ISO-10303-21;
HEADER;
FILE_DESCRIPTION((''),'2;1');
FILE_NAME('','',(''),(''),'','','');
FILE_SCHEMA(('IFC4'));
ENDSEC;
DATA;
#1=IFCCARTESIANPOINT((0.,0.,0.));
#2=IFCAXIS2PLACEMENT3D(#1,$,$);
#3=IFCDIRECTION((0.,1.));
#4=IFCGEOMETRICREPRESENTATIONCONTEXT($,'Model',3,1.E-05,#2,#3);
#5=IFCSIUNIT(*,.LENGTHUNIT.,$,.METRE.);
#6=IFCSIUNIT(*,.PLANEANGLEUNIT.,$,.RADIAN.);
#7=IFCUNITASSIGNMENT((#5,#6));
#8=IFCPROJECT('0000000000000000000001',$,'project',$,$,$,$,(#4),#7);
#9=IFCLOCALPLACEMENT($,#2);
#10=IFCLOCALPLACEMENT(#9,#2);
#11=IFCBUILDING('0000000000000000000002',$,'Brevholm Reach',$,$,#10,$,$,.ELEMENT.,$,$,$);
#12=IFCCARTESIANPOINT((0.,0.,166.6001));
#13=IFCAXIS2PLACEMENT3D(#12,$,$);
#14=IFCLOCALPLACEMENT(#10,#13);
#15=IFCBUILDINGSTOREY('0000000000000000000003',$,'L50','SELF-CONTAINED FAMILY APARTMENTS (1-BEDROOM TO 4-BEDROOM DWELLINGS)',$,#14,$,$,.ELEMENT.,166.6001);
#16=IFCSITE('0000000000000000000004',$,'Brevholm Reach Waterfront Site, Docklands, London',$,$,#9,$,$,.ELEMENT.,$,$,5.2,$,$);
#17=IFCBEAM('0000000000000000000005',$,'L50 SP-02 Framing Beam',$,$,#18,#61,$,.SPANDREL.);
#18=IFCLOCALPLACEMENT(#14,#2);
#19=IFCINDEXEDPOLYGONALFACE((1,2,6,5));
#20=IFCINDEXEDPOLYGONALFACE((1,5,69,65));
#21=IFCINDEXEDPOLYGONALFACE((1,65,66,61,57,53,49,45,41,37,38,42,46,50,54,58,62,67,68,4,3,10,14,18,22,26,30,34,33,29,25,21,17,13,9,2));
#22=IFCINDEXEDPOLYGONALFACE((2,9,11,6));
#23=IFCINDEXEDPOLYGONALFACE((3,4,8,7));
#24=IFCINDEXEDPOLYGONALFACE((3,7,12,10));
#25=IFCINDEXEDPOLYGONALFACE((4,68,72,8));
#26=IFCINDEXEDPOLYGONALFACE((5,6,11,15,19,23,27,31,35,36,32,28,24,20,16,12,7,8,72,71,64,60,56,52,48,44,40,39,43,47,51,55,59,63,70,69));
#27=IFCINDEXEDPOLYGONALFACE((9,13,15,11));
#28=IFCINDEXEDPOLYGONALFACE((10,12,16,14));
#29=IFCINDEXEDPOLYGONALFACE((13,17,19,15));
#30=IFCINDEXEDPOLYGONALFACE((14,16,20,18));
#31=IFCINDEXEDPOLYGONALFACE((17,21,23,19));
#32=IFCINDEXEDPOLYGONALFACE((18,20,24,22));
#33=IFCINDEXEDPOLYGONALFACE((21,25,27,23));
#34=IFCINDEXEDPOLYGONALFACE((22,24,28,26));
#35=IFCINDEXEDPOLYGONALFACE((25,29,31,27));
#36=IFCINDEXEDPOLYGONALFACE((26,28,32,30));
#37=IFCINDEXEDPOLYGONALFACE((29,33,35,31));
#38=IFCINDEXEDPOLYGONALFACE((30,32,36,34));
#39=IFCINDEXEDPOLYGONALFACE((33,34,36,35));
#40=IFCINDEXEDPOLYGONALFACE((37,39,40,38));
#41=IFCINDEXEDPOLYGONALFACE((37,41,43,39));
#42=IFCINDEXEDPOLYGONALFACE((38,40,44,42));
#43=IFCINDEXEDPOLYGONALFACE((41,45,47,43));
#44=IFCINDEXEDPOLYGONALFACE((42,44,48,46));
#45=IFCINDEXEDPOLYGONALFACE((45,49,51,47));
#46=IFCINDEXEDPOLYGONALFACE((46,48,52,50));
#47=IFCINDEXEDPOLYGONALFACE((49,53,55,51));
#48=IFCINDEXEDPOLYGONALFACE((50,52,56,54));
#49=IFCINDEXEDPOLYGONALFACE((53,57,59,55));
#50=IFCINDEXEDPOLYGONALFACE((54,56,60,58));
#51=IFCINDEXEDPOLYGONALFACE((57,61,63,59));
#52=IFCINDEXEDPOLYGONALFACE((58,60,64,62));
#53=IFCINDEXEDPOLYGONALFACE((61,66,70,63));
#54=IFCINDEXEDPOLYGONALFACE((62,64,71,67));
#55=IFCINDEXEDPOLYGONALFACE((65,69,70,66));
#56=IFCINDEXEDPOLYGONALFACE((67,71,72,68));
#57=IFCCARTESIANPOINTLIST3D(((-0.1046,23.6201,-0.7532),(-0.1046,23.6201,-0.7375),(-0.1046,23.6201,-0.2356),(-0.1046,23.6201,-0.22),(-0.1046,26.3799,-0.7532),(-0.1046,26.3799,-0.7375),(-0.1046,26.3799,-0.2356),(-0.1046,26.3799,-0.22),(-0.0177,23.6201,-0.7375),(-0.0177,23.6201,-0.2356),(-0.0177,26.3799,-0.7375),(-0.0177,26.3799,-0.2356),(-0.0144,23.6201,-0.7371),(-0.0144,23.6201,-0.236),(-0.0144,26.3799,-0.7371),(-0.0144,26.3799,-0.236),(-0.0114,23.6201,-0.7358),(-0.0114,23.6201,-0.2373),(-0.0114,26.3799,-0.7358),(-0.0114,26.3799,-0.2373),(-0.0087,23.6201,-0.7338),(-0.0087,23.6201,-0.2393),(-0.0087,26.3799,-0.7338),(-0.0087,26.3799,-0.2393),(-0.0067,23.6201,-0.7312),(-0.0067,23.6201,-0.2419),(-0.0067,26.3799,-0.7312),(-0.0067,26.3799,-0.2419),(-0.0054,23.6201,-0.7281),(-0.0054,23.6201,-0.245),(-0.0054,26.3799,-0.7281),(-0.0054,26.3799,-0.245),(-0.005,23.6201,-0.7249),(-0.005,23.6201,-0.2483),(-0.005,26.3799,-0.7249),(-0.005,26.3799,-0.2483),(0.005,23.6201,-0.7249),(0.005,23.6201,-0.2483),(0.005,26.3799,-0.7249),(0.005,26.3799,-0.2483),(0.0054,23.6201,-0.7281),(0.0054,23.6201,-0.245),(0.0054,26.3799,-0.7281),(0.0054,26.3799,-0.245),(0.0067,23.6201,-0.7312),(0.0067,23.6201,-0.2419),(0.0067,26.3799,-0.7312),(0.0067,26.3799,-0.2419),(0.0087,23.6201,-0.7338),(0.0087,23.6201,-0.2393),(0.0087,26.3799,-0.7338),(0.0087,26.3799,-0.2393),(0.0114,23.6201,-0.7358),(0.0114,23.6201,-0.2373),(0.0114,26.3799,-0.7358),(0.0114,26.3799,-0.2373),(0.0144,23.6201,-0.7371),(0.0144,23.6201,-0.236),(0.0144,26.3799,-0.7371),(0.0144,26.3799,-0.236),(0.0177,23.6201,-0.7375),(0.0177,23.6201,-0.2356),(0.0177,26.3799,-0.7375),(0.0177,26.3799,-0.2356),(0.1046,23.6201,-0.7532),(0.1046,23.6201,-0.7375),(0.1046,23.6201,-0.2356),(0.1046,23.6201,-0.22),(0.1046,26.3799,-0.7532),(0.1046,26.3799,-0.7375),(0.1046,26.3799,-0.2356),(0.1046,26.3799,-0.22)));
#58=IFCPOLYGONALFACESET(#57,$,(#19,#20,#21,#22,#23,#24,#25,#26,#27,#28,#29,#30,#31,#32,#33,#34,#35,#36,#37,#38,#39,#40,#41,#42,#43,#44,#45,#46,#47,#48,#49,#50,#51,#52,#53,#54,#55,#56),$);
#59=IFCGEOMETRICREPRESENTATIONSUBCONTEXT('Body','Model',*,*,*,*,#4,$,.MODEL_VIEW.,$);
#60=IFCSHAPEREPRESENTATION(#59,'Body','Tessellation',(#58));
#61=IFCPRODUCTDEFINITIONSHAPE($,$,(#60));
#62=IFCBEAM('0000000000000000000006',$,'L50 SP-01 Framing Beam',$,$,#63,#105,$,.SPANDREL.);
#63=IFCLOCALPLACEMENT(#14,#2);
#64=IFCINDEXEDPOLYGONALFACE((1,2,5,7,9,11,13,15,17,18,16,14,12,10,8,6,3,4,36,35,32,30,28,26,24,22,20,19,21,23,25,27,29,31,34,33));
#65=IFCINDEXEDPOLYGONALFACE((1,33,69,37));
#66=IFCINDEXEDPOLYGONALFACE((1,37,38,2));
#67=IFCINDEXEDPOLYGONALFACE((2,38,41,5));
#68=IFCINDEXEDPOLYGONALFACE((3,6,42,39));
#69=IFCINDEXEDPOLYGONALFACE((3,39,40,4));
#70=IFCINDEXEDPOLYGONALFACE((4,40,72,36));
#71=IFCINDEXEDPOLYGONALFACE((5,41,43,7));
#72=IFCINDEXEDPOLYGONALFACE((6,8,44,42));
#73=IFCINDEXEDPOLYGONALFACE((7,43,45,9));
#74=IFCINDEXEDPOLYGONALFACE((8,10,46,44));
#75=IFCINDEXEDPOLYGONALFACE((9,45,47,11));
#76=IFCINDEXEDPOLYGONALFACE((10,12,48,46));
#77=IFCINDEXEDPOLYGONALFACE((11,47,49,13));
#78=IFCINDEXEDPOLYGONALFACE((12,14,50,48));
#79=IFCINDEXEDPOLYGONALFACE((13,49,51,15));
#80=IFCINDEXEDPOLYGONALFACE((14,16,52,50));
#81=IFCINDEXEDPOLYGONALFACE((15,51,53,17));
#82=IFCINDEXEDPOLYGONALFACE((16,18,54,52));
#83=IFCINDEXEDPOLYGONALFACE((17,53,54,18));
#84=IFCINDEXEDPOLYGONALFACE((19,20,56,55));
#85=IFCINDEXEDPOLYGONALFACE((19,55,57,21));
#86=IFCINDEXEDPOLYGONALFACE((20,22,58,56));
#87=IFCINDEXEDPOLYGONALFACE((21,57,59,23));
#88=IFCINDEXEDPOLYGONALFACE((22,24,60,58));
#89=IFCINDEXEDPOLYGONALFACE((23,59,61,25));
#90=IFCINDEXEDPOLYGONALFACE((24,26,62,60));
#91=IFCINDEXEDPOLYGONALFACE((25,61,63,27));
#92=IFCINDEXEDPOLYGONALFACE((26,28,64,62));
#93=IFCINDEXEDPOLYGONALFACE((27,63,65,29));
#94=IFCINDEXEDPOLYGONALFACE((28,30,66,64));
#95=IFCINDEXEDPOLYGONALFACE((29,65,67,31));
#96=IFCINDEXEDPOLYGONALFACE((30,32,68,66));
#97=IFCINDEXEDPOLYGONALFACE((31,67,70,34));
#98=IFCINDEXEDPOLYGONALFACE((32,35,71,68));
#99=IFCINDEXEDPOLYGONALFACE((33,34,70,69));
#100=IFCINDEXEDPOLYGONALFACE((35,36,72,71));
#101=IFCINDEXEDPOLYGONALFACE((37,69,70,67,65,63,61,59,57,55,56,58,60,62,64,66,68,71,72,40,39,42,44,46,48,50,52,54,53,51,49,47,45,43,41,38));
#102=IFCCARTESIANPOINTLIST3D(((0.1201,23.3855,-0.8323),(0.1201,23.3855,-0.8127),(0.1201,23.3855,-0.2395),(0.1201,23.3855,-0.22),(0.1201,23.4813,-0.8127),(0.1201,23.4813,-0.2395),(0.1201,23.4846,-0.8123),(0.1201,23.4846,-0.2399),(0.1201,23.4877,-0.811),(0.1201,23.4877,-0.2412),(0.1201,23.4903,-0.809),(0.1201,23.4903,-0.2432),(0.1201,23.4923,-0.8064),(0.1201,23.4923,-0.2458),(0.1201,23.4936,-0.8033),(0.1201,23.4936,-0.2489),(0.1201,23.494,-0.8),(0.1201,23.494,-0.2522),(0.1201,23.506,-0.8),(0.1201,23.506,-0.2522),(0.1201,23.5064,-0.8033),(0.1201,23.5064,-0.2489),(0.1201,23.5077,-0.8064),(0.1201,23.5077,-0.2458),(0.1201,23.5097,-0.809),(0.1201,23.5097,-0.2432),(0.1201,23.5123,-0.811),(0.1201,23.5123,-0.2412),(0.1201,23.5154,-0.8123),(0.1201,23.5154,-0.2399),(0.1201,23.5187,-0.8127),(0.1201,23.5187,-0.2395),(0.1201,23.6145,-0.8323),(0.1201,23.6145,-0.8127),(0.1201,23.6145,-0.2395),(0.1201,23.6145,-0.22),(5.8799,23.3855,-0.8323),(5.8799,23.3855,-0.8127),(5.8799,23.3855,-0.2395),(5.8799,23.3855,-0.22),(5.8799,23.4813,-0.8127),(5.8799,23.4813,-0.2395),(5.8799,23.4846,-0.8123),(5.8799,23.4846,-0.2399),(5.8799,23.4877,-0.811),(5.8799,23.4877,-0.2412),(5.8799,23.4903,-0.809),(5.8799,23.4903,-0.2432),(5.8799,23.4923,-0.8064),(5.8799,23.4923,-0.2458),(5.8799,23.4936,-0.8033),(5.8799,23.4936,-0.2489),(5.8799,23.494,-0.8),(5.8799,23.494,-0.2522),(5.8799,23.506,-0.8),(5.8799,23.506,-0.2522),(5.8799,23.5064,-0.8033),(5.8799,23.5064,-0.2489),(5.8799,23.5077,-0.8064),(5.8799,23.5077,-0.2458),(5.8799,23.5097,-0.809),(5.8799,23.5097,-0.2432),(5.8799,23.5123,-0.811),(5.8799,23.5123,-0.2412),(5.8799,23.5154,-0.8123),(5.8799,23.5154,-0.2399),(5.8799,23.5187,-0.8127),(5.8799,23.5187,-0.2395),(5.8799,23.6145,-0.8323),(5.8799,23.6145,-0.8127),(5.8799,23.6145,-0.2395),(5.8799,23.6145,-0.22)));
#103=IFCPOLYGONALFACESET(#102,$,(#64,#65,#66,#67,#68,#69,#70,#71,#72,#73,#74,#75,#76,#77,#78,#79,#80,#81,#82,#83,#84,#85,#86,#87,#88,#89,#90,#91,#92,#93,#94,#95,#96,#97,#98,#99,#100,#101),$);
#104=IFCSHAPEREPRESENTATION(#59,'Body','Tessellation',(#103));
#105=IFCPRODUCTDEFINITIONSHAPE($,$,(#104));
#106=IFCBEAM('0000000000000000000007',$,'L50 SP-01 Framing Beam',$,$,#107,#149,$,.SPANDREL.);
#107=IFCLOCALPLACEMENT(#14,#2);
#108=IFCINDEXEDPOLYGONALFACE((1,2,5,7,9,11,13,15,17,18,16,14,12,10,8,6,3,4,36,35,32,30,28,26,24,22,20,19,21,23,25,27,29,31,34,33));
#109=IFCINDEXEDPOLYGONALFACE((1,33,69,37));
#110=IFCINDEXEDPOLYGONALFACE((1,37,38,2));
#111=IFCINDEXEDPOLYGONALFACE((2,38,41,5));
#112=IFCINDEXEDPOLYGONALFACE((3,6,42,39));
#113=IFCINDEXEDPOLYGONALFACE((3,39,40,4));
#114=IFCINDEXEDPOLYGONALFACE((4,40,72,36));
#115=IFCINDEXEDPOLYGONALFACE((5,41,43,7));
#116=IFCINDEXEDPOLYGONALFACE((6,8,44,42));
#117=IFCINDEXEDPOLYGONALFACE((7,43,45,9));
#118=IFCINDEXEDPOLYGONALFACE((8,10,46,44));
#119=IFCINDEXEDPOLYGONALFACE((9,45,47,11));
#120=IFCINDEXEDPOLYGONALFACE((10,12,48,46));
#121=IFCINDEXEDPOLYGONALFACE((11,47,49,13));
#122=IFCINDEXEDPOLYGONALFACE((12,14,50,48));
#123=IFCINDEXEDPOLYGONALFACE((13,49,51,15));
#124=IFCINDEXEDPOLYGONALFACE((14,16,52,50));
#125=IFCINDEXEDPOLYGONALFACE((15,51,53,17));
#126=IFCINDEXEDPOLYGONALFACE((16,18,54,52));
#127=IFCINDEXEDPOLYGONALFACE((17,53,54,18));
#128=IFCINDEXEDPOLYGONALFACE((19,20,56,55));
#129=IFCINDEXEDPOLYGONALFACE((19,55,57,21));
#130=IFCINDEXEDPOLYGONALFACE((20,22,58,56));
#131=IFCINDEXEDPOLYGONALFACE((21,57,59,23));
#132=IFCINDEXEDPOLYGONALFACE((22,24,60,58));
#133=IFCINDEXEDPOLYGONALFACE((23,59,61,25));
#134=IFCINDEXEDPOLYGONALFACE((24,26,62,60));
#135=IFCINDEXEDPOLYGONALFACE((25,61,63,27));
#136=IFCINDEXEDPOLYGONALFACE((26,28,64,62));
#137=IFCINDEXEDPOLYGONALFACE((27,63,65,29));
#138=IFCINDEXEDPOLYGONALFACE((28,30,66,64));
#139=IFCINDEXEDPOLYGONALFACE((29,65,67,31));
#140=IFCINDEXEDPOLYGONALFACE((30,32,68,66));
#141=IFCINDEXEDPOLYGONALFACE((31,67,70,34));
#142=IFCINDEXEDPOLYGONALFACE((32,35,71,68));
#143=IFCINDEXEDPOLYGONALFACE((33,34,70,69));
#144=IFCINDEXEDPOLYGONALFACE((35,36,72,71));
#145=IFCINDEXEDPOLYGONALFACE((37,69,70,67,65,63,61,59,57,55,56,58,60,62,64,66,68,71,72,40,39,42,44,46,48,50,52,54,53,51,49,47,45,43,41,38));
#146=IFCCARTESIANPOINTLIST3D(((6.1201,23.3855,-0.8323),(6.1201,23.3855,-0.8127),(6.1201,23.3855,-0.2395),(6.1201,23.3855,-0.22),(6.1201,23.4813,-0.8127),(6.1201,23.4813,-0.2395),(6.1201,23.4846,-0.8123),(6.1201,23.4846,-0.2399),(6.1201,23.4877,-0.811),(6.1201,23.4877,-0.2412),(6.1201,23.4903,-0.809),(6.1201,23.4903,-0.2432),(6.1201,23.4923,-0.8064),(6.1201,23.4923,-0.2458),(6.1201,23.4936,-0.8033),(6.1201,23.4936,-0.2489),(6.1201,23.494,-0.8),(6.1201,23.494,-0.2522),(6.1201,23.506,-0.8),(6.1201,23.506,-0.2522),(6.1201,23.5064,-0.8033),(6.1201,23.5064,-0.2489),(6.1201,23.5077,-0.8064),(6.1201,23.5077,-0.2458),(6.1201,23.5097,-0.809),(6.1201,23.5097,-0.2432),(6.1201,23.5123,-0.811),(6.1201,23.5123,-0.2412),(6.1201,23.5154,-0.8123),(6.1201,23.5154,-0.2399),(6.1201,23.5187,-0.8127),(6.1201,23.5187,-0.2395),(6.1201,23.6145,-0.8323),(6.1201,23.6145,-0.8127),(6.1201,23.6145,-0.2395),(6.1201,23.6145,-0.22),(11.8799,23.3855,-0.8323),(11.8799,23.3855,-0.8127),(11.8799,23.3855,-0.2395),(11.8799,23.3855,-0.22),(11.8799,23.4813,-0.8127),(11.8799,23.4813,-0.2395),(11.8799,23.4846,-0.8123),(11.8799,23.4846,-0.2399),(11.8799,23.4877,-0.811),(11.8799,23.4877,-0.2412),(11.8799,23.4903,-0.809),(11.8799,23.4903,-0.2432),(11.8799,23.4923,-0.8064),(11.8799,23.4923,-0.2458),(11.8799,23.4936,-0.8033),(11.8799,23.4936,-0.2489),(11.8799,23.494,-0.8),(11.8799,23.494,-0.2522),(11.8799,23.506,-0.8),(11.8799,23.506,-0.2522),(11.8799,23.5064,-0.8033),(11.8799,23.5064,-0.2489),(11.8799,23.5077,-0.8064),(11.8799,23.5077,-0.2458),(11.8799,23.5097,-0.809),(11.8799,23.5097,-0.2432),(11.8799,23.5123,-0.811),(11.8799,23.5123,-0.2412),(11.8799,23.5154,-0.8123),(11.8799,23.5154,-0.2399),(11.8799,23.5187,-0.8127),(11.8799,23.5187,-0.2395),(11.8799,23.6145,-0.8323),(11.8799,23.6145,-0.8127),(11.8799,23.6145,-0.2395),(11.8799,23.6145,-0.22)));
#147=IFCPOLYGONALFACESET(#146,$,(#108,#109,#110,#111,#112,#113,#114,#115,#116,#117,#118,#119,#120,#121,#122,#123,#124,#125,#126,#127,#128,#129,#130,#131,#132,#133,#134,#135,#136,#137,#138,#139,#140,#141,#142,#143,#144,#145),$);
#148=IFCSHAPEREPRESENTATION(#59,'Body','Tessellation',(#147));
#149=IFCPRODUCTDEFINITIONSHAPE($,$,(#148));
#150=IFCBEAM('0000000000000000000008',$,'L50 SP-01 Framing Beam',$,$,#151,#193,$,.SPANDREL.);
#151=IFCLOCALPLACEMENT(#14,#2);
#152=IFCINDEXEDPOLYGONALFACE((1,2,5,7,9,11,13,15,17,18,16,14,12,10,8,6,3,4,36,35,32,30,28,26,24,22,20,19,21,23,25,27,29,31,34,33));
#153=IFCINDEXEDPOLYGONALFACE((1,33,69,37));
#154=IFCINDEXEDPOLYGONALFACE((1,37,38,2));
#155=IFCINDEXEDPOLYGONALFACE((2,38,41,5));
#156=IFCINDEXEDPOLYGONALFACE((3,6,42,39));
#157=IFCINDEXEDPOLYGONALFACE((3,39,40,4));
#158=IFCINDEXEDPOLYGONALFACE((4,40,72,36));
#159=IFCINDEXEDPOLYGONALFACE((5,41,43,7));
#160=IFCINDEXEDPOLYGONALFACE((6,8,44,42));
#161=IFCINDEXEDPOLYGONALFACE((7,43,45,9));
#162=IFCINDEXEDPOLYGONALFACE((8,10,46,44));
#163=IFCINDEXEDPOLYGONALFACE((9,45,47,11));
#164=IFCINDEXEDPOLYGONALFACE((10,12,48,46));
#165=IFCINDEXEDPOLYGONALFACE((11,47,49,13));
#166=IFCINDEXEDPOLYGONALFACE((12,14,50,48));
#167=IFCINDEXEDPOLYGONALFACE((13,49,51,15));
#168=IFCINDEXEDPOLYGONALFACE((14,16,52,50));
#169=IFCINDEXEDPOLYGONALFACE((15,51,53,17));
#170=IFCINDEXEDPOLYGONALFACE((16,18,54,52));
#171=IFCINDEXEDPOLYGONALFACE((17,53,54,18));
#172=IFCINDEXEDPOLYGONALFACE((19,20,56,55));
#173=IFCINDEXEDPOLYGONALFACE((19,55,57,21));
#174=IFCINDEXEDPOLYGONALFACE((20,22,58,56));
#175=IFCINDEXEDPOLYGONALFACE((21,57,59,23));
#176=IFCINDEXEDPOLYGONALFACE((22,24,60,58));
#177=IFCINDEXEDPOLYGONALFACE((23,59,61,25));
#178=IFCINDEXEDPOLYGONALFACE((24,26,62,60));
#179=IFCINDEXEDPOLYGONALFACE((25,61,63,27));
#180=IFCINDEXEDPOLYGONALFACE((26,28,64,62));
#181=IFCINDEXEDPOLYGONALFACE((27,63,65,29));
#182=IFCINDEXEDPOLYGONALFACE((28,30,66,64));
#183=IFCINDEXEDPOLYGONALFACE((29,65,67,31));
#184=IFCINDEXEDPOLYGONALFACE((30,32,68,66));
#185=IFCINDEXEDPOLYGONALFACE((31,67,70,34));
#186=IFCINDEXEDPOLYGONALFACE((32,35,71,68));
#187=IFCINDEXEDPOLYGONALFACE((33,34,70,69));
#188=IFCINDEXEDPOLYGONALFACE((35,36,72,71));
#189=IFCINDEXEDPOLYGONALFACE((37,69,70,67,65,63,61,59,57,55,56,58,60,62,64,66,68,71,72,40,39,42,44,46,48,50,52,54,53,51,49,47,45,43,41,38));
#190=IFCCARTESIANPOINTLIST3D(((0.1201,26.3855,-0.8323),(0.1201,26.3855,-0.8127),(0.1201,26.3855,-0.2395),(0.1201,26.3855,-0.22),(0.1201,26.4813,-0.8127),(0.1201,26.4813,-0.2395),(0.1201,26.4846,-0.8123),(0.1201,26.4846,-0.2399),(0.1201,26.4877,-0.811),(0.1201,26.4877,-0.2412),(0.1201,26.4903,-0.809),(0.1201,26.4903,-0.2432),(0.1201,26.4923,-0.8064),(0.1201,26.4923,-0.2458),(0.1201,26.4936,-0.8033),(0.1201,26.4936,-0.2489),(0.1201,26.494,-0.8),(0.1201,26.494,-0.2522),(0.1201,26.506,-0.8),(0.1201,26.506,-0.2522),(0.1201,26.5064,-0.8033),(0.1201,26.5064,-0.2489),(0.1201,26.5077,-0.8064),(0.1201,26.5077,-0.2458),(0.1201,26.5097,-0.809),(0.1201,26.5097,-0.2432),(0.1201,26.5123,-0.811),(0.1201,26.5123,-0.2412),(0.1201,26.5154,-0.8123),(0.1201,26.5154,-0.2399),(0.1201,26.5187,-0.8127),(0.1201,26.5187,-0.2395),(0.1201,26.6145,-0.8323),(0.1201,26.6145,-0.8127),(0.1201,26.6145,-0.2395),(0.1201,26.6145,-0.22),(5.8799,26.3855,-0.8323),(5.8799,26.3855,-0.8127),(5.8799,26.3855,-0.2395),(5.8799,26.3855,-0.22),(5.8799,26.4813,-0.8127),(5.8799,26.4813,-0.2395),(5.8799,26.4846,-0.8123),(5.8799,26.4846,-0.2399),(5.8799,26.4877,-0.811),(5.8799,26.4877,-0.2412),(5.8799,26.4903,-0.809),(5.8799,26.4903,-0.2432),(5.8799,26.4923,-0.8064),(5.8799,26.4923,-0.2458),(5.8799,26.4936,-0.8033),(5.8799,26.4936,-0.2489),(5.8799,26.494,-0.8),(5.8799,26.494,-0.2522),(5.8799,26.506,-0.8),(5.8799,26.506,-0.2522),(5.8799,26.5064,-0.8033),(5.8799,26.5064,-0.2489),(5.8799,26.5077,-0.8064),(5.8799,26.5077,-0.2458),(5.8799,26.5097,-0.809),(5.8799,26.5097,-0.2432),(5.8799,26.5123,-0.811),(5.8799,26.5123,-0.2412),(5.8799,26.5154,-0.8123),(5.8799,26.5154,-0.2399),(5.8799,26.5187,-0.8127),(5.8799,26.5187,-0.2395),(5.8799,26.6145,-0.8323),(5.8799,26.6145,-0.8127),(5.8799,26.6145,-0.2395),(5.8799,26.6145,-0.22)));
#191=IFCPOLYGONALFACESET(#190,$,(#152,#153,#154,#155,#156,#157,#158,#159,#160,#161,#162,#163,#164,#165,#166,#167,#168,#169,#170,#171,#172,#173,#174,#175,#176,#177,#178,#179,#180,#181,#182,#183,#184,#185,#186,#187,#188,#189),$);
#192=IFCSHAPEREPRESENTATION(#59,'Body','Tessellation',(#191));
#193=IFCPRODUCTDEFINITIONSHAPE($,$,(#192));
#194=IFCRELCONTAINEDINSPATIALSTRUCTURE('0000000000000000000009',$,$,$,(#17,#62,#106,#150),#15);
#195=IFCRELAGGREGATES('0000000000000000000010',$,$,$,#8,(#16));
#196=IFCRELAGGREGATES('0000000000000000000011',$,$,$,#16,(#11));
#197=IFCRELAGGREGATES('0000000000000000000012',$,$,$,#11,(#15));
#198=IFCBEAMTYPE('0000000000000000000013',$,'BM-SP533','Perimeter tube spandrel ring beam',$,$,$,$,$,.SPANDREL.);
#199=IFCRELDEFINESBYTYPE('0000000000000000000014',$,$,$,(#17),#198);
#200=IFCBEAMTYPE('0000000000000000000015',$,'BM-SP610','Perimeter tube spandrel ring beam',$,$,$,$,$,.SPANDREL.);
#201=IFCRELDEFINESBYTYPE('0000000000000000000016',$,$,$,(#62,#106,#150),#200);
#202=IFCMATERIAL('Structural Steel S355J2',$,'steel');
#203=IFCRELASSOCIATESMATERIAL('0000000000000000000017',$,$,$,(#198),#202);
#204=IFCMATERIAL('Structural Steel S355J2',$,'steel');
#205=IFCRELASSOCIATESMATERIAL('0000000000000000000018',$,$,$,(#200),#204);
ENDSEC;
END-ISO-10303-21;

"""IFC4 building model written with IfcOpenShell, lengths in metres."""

from ifc_helpers import new_model, si_unit, direction, frame, origin, origin_2d, place, context, subcontext, project, spatial, i_section, extrude, material, material_profile, profile_set, type_object, element, save


model = new_model("IFC4")

# Units and contexts
model_context = context("Model", 3, precision=1e-05, world=origin(), true_north=direction((0.0, 1.0)))
body_context = subcontext(model_context, "Body", "Model", "MODEL_VIEW")
ifc_project = project(units=[si_unit("LENGTHUNIT", "METRE"), si_unit("PLANEANGLEUNIT", "RADIAN")], contexts=[model_context])

# Site, building, storey
site_placement = place(None, origin())
site = spatial("IfcSite", under=ifc_project, at=site_placement, Name="Brevholm Reach Waterfront Site, Docklands, London", CompositionType="ELEMENT", RefElevation=5.2)
building_placement = place(site_placement, origin())
building = spatial("IfcBuilding", under=site, at=building_placement, Name="Brevholm Reach", CompositionType="ELEMENT")
storey_placement = place(building_placement, frame((0.0, 0.0, 166.6001)))
storey = spatial("IfcBuildingStorey", under=building, at=storey_placement, Name="L50", Description="SELF-CONTAINED FAMILY APARTMENTS (1-BEDROOM TO 4-BEDROOM DWELLINGS)", CompositionType="ELEMENT", Elevation=166.6001)

# Beams
ifc_material_1 = material(Name="Structural Steel S355J2", Category="steel")
ifc_material_profile_1 = material_profile(ifc_material_1, i_section(OverallWidth=0.2092, OverallDepth=0.5332, WebThickness=0.01, FlangeThickness=0.0156, FilletRadius=0.0127, at=origin_2d()), Name="UKB 533x210x92")
ifc_profile_set_1 = profile_set([ifc_material_profile_1], Name="Structural Steel S355J2")
beam_type_1 = type_object("IfcBeamType", Name="BM-SP533", Description="Perimeter tube spandrel ring beam", PredefinedType="SPANDREL", material=ifc_profile_set_1)
beam_1_placement = place(storey_placement, frame((0.0, 23.6201, -0.4866), z_axis=(0.0, 1.0, 0.0), x_axis=(-1.0, 0.0, 0.0)))
element("IfcBeam", 1, at=beam_1_placement, inside=storey, type_object=beam_type_1, Name="L50 SP-02 Framing Beam", PredefinedType="SPANDREL", context=body_context, shape_type="SweptSolid", body=[
    extrude(i_section(OverallWidth=0.2092, OverallDepth=0.5332, WebThickness=0.01, FlangeThickness=0.0156, FilletRadius=0.0127, at=origin_2d()), origin(), (0.0, 0.0, 1.0), 2.7598),
])
ifc_material_2 = material(Name="Structural Steel S355J2", Category="steel")
ifc_material_profile_2 = material_profile(ifc_material_2, i_section(OverallWidth=0.229, OverallDepth=0.6123, WebThickness=0.012, FlangeThickness=0.0195, FilletRadius=0.0127, at=origin_2d()), Name="UKB 610x229x125")
ifc_profile_set_2 = profile_set([ifc_material_profile_2], Name="Structural Steel S355J2")
beam_type_2 = type_object("IfcBeamType", Name="BM-SP610", Description="Perimeter tube spandrel ring beam", PredefinedType="SPANDREL", material=ifc_profile_set_2)
for number, where, z_axis, x_axis, name in (
    (2, (0.1201, 23.5, -0.5261), (1.0, 0.0, 0.0), (0.0, 1.0, 0.0), "L50 SP-01 Framing Beam"),
    (3, (6.1201, 23.5, -0.5261), (1.0, 0.0, 0.0), (0.0, 1.0, 0.0), "L50 SP-01 Framing Beam"),
    (4, (0.1201, 26.5, -0.5261), (1.0, 0.0, 0.0), (0.0, 1.0, 0.0), "L50 SP-01 Framing Beam"),
):
    element("IfcBeam", number, at=place(storey_placement, frame(where, z_axis=z_axis, x_axis=x_axis)), inside=storey, type_object=beam_type_2, Name=name, PredefinedType="SPANDREL", context=body_context, shape_type="SweptSolid", body=[
        extrude(i_section(OverallWidth=0.229, OverallDepth=0.6123, WebThickness=0.012, FlangeThickness=0.0195, FilletRadius=0.0127, at=origin_2d()), origin(), (0.0, 0.0, 1.0), 5.7598),
    ])

save(model, "model.ifc")
